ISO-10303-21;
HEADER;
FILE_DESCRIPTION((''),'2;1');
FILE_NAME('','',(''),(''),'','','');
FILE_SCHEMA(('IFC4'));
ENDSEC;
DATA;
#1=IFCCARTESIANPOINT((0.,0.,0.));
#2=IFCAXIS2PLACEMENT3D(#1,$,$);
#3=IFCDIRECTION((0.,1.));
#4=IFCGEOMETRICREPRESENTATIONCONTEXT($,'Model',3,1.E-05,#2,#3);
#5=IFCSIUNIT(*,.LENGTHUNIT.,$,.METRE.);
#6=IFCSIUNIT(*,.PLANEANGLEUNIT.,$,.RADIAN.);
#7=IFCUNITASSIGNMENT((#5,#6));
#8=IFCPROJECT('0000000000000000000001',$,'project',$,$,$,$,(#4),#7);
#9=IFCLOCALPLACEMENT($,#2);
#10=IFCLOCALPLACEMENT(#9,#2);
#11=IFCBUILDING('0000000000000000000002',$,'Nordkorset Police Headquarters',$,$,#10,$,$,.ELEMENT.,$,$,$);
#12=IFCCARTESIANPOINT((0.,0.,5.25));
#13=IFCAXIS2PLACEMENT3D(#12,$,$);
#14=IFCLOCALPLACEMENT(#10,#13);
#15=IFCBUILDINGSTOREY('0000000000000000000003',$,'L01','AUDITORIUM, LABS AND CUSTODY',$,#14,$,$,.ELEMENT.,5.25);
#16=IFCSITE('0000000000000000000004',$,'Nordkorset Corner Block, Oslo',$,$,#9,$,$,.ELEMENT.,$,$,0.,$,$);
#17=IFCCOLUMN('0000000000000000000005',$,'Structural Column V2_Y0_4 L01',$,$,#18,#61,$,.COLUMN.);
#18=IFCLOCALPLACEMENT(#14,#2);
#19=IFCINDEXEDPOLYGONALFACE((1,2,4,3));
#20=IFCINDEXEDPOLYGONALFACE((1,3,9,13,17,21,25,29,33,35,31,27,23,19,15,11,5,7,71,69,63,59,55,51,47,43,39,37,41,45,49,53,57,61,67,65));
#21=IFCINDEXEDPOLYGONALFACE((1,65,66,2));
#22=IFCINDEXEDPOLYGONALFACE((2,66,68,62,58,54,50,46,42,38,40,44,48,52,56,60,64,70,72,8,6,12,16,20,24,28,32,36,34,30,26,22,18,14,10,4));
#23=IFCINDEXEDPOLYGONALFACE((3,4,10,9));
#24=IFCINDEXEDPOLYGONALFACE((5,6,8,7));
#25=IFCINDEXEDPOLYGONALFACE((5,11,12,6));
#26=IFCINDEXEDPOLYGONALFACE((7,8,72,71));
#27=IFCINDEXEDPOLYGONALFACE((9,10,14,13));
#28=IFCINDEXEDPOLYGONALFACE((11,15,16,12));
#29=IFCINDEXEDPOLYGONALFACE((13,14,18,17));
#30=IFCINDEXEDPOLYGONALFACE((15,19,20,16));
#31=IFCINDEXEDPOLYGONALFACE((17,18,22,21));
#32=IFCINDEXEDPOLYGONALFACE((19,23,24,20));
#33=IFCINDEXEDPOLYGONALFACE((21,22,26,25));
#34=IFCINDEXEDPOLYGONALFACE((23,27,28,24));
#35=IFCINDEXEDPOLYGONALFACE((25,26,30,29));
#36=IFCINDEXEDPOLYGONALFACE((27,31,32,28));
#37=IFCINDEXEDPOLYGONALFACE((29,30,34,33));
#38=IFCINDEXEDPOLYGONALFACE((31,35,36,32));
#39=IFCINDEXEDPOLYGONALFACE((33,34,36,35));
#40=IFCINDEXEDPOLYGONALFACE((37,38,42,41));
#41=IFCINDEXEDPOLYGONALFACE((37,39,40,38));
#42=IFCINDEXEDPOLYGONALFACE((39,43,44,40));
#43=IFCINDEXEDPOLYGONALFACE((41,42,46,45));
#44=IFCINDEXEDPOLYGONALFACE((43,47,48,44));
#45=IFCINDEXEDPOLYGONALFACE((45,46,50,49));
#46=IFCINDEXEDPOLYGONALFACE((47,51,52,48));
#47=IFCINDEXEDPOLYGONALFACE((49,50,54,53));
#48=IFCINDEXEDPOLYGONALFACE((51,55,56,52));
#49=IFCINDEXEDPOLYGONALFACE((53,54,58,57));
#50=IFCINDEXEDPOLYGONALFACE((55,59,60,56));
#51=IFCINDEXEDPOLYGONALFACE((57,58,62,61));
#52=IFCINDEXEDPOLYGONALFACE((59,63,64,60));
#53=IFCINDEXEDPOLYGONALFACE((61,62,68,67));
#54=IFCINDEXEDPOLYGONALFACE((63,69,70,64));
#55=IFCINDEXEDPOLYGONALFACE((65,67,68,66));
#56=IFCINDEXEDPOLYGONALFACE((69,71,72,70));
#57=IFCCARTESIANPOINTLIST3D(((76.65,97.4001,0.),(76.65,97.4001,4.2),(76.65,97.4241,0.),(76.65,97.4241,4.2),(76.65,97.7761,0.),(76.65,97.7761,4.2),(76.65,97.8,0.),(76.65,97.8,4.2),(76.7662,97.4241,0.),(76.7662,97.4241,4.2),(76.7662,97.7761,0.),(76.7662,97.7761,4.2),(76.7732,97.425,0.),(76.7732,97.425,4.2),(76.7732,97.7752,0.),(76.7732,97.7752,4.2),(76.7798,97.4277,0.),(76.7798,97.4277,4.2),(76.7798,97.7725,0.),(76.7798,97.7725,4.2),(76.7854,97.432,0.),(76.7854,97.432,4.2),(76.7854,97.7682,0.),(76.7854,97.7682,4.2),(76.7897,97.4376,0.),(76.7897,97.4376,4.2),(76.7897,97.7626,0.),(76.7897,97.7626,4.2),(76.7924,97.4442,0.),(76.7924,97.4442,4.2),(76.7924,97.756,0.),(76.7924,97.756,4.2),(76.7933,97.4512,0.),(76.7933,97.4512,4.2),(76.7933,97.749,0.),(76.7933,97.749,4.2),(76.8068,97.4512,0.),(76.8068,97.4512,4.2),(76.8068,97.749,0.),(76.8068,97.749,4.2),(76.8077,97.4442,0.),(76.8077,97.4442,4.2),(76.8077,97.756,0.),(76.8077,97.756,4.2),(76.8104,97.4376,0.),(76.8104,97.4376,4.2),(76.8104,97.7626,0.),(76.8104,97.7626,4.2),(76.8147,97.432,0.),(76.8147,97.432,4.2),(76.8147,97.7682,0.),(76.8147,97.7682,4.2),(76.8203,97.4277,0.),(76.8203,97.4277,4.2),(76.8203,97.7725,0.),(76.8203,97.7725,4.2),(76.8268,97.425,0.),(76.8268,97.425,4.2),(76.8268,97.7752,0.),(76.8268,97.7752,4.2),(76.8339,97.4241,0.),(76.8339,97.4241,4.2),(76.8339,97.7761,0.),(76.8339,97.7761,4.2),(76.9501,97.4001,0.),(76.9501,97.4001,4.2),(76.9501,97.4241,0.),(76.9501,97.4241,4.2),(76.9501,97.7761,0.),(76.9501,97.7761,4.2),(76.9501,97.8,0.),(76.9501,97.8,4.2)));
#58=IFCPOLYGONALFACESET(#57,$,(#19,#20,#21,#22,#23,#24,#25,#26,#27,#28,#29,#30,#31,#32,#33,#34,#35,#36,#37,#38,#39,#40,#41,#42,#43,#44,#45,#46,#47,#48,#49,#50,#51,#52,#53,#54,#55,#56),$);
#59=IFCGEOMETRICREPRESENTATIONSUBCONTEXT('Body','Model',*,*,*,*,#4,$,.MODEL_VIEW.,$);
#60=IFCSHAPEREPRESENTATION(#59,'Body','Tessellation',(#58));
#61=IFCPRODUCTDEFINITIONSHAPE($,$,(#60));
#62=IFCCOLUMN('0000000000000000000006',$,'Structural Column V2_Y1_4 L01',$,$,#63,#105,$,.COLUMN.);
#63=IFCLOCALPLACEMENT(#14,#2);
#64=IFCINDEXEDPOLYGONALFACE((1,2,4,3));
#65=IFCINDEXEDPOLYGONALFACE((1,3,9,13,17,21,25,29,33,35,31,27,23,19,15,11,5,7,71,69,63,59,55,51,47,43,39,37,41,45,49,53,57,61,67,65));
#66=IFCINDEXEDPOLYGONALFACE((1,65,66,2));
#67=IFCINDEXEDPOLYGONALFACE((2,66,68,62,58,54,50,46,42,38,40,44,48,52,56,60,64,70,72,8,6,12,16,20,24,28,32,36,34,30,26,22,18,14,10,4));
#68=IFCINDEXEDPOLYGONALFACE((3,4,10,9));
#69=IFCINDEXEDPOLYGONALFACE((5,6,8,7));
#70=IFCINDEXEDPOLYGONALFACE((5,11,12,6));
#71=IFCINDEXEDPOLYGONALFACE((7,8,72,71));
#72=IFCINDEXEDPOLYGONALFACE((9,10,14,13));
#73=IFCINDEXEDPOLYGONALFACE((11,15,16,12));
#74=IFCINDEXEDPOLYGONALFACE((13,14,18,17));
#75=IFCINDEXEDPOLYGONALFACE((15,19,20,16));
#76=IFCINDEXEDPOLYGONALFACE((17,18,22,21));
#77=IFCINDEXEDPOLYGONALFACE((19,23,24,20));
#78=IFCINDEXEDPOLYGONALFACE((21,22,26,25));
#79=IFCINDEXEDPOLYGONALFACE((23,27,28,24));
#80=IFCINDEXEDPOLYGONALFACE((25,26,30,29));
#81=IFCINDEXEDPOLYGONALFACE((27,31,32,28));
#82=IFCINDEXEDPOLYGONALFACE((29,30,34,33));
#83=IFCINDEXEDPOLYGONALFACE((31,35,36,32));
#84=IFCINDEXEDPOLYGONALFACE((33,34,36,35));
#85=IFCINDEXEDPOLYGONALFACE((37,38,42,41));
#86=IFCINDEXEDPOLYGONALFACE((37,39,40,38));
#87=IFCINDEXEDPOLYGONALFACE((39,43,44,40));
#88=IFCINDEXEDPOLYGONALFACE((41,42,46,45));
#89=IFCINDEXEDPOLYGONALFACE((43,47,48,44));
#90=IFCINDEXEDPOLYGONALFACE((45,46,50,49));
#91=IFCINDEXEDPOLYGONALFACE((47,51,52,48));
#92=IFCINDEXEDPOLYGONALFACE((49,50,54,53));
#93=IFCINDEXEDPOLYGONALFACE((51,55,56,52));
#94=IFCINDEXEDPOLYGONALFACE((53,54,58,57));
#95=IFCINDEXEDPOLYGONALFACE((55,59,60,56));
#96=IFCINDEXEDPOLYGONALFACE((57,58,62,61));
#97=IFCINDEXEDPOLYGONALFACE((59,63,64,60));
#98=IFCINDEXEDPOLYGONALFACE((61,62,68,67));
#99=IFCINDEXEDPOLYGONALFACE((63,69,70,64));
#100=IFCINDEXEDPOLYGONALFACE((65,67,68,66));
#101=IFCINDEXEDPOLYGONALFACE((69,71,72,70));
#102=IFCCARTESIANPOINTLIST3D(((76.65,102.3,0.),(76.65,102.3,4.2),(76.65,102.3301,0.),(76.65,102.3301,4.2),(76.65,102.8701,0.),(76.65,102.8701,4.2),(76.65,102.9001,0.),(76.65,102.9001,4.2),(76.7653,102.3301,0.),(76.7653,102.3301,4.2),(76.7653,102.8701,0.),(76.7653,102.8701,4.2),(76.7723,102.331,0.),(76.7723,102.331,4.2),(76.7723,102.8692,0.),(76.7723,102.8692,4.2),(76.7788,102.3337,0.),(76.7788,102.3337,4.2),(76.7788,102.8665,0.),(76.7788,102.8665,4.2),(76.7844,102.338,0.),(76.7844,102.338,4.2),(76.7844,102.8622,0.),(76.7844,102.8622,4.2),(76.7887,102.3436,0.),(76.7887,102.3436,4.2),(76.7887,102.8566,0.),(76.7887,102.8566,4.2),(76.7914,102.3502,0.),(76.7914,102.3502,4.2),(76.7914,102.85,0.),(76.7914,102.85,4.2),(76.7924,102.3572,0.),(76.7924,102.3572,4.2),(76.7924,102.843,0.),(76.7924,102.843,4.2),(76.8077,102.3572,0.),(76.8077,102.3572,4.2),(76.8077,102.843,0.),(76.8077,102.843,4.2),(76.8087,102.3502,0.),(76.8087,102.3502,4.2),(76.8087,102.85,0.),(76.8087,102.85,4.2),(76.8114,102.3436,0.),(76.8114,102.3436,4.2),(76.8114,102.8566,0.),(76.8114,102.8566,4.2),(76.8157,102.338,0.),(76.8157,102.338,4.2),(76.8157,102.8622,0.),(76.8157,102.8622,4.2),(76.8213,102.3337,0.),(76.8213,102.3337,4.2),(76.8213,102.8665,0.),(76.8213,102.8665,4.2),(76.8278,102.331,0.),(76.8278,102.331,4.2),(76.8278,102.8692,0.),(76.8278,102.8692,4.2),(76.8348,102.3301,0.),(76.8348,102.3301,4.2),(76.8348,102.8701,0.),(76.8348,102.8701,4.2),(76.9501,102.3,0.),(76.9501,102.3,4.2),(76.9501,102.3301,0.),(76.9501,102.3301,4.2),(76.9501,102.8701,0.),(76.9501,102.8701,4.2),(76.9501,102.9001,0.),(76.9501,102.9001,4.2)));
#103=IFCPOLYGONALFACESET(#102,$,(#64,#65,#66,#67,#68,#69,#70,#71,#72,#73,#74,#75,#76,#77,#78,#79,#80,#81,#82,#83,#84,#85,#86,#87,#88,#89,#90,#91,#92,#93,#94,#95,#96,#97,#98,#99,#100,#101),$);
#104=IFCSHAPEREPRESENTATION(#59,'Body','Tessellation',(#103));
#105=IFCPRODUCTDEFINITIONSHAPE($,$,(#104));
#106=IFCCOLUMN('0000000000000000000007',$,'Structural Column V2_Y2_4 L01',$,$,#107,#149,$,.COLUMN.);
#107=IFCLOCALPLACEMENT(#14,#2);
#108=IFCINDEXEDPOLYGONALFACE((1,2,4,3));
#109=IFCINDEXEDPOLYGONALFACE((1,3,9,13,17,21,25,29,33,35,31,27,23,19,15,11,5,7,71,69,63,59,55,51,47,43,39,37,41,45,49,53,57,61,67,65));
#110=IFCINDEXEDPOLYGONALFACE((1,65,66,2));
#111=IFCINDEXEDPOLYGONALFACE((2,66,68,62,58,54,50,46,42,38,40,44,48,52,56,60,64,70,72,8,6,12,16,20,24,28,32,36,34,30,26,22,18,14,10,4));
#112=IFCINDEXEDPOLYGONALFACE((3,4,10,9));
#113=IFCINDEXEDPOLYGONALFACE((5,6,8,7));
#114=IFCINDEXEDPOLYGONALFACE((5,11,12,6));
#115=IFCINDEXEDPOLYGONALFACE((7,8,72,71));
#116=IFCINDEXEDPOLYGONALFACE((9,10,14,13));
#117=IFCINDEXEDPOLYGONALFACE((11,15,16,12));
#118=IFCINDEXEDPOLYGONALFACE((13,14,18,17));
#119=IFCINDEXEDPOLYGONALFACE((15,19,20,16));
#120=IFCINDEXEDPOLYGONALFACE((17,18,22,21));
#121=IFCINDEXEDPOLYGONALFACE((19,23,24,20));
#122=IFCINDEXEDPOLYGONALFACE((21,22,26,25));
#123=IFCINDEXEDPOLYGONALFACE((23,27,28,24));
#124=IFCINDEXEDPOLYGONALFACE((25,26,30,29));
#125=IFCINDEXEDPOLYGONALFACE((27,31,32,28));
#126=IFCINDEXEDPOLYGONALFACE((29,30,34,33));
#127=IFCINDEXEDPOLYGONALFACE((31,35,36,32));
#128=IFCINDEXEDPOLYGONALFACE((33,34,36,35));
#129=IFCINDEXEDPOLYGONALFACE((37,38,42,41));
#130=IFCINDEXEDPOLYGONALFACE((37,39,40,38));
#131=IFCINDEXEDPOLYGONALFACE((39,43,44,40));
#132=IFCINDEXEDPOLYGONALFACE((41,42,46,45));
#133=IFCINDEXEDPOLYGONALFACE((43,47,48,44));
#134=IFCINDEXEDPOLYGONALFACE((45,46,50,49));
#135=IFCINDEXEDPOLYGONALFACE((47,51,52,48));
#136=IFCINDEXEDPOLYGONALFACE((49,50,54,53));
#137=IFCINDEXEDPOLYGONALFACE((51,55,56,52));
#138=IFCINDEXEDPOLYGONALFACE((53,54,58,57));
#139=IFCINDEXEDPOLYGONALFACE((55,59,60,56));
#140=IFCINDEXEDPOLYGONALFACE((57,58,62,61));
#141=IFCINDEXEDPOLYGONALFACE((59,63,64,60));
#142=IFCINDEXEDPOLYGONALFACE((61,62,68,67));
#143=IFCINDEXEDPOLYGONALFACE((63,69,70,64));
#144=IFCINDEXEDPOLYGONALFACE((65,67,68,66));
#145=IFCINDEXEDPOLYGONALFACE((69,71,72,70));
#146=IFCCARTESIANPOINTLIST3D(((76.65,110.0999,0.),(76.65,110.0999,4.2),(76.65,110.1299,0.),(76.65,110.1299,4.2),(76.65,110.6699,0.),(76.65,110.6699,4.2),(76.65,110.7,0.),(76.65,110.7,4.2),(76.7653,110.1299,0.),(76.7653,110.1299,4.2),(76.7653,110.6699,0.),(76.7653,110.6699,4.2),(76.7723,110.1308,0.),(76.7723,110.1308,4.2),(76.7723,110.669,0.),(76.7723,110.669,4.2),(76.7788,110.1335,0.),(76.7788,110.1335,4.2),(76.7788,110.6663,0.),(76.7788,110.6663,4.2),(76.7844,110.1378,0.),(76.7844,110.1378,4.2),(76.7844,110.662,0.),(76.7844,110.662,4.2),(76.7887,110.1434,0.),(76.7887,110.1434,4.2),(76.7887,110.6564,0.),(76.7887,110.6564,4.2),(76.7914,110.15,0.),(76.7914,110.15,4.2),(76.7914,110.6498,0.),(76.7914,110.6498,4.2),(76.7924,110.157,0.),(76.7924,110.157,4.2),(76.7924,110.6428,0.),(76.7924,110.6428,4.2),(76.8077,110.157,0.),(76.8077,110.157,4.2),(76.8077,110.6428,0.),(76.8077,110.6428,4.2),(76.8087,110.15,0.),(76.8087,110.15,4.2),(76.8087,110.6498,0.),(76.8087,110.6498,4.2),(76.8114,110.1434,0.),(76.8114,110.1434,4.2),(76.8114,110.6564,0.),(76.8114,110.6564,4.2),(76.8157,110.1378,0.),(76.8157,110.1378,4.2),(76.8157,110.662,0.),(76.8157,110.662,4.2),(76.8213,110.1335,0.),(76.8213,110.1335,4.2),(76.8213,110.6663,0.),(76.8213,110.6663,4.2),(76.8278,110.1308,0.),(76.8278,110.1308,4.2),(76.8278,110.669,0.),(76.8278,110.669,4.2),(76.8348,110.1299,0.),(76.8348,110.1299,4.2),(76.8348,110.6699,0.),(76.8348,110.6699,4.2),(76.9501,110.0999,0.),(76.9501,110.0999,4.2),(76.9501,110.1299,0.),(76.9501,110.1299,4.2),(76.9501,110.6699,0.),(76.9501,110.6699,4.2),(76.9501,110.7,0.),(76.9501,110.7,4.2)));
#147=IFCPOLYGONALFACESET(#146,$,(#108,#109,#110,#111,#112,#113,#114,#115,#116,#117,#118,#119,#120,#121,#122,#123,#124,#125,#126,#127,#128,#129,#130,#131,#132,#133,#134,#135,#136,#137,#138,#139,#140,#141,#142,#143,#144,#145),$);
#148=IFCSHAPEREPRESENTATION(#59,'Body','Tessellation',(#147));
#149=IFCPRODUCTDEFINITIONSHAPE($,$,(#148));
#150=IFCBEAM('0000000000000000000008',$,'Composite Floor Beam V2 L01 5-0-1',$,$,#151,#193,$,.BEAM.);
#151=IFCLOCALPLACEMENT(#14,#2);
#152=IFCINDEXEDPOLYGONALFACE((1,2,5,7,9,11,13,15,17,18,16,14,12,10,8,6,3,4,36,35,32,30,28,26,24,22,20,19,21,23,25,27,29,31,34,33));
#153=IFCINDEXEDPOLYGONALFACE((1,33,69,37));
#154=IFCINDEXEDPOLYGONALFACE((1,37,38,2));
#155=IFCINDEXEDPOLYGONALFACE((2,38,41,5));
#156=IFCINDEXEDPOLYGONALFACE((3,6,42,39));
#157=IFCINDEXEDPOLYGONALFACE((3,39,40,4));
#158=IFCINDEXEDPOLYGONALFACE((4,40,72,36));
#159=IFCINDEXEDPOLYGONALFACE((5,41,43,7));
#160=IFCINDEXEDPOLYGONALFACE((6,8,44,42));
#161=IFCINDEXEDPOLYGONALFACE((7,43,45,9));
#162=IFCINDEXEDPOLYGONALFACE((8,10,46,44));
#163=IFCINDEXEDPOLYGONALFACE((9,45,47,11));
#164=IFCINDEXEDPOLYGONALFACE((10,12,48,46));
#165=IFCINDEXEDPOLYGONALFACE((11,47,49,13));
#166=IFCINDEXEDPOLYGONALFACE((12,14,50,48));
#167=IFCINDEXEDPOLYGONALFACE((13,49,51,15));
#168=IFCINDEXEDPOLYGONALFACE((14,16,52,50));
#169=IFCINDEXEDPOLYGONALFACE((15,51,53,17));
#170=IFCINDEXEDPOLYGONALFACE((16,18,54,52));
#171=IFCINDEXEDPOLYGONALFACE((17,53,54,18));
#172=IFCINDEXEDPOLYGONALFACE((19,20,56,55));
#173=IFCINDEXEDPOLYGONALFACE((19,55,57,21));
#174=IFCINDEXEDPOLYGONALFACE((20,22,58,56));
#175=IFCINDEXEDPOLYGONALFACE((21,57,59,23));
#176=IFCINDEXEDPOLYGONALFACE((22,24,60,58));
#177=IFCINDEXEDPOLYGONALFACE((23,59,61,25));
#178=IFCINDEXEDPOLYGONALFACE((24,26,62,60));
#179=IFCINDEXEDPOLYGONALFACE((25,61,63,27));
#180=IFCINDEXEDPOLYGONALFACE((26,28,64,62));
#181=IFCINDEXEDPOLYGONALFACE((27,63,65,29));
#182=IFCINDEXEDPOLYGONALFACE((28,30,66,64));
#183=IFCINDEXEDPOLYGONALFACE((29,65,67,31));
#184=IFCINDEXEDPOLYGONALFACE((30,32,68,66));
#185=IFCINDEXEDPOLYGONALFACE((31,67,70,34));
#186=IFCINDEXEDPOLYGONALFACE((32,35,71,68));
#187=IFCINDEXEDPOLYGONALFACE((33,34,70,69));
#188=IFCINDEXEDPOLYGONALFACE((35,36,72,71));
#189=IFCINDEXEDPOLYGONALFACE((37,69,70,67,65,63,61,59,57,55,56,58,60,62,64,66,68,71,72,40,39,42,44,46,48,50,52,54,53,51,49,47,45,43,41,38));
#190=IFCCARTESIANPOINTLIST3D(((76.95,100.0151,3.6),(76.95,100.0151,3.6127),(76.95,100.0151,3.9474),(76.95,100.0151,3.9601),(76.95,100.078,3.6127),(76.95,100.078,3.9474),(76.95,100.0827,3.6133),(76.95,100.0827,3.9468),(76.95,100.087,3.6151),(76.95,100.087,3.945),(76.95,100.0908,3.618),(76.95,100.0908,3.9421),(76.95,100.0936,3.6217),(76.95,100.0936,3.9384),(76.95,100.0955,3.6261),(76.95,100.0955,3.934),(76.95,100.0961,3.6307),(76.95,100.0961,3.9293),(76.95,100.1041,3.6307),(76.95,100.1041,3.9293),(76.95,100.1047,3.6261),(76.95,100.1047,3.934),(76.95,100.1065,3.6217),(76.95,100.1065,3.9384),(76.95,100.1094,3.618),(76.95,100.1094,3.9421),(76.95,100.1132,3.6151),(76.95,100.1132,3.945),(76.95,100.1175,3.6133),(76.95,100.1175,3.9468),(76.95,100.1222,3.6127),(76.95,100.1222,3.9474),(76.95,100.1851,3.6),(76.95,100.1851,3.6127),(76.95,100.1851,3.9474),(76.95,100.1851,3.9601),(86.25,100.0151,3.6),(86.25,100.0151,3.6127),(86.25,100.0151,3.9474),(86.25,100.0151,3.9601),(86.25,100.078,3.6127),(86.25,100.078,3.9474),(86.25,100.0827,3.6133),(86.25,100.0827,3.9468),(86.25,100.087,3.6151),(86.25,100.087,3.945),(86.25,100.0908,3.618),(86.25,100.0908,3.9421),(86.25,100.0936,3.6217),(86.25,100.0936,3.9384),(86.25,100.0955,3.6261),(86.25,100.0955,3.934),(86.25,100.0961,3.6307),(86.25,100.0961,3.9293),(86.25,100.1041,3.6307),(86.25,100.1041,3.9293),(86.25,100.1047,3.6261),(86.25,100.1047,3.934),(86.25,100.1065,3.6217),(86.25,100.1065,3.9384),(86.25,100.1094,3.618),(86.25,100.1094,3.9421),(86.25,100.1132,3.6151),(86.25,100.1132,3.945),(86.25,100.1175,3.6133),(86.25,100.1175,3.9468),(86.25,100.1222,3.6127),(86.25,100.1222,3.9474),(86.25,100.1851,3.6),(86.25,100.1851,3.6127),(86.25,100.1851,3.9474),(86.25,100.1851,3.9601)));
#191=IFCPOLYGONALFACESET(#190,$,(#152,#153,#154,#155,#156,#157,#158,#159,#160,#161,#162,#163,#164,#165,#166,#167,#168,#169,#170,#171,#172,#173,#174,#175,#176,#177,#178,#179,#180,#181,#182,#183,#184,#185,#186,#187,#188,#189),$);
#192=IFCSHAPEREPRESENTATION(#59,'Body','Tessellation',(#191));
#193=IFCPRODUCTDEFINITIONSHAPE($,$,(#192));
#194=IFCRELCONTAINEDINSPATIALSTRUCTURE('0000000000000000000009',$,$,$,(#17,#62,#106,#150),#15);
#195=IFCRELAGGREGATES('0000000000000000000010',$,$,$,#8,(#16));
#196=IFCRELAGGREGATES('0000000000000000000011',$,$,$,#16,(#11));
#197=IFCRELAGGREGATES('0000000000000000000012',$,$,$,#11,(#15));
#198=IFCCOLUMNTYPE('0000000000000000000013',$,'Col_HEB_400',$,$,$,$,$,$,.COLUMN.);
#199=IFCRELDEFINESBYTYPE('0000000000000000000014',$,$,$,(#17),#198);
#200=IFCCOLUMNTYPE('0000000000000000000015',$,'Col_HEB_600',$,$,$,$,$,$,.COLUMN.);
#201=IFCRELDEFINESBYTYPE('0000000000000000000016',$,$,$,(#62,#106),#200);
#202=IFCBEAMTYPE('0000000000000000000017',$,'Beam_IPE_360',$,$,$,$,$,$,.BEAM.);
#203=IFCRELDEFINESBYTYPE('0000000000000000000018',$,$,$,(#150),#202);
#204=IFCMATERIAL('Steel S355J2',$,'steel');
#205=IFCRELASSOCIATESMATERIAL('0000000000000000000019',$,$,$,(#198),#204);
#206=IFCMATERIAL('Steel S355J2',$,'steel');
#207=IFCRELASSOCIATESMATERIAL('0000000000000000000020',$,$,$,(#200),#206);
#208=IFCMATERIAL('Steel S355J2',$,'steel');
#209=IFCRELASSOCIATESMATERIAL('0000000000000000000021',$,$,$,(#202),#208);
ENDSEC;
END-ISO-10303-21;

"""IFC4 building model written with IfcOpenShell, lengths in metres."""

from ifc_helpers import new_model, si_unit, direction, frame, origin, origin_2d, place, context, subcontext, project, spatial, i_section, extrude, material, material_profile, profile_set, type_object, element, save


model = new_model("IFC4")

# Units and contexts
model_context = context("Model", 3, precision=1e-05, world=origin(), true_north=direction((0.0, 1.0)))
body_context = subcontext(model_context, "Body", "Model", "MODEL_VIEW")
ifc_project = project(units=[si_unit("LENGTHUNIT", "METRE"), si_unit("PLANEANGLEUNIT", "RADIAN")], contexts=[model_context])

# Site, building, storey
site_placement = place(None, origin())
site = spatial("IfcSite", under=ifc_project, at=site_placement, Name="Nordkorset Corner Block, Oslo", CompositionType="ELEMENT", RefElevation=0.0)
building_placement = place(site_placement, origin())
building = spatial("IfcBuilding", under=site, at=building_placement, Name="Nordkorset Police Headquarters", CompositionType="ELEMENT")
storey_placement = place(building_placement, frame((0.0, 0.0, 5.25)))
storey = spatial("IfcBuildingStorey", under=building, at=storey_placement, Name="L01", Description="AUDITORIUM, LABS AND CUSTODY", CompositionType="ELEMENT", Elevation=5.25)

# Columns
ifc_material_1 = material(Name="Steel S355J2", Category="steel")
ifc_material_profile_1 = material_profile(ifc_material_1, i_section(OverallWidth=0.3, OverallDepth=0.3999, WebThickness=0.0134, FlangeThickness=0.0239, FilletRadius=0.0271, at=origin_2d()), Name="HEB 400")
ifc_profile_set_1 = profile_set([ifc_material_profile_1], Name="Steel S355J2")
column_type_1 = type_object("IfcColumnType", Name="Col_HEB_400", PredefinedType="COLUMN", material=ifc_profile_set_1)
column_placement = place(storey_placement, frame((76.8, 97.6001, 0.0), z_axis=(0.0, 0.0, 1.0), x_axis=(1.0, 0.0, 0.0)))
element("IfcColumn", 1, at=column_placement, inside=storey, type_object=column_type_1, Name="Structural Column V2_Y0_4 L01", PredefinedType="COLUMN", context=body_context, shape_type="SweptSolid", body=[
    extrude(i_section(OverallWidth=0.3, OverallDepth=0.3999, WebThickness=0.0134, FlangeThickness=0.0239, FilletRadius=0.0271, at=origin_2d()), origin(), (0.0, 0.0, 1.0), 4.2),
])
ifc_material_2 = material(Name="Steel S355J2", Category="steel")
ifc_material_profile_2 = material_profile(ifc_material_2, i_section(OverallWidth=0.3, OverallDepth=0.6001, WebThickness=0.0154, FlangeThickness=0.03, FilletRadius=0.0271, at=origin_2d()), Name="HEB 600")
ifc_profile_set_2 = profile_set([ifc_material_profile_2], Name="Steel S355J2")
column_type_2 = type_object("IfcColumnType", Name="Col_HEB_600", PredefinedType="COLUMN", material=ifc_profile_set_2)
for number, where, z_axis, x_axis, name in (
    (2, (76.8, 102.6001, 0.0), (0.0, 0.0, 1.0), (1.0, 0.0, 0.0), "Structural Column V2_Y1_4 L01"),
    (3, (76.8, 110.3999, 0.0), (0.0, 0.0, 1.0), (1.0, 0.0, 0.0), "Structural Column V2_Y2_4 L01"),
):
    element("IfcColumn", number, at=place(storey_placement, frame(where, z_axis=z_axis, x_axis=x_axis)), inside=storey, type_object=column_type_2, Name=name, PredefinedType="COLUMN", context=body_context, shape_type="SweptSolid", body=[
        extrude(i_section(OverallWidth=0.3, OverallDepth=0.6001, WebThickness=0.0154, FlangeThickness=0.03, FilletRadius=0.0271, at=origin_2d()), origin(), (0.0, 0.0, 1.0), 4.2),
    ])

# Beam
ifc_material_3 = material(Name="Steel S355J2", Category="steel")
ifc_material_profile_3 = material_profile(ifc_material_3, i_section(OverallWidth=0.1699, OverallDepth=0.3601, WebThickness=0.0081, FlangeThickness=0.0127, FilletRadius=0.0181, at=origin_2d()), Name="IPE 360")
ifc_profile_set_3 = profile_set([ifc_material_profile_3], Name="Steel S355J2")
beam_type_1 = type_object("IfcBeamType", Name="Beam_IPE_360", PredefinedType="BEAM", material=ifc_profile_set_3)
for number, where, z_axis, x_axis, name in (
    (4, (76.95, 100.1001, 3.78), (1.0, 0.0, 0.0), (0.0, 1.0, 0.0), "Composite Floor Beam V2 L01 5-0-1"),
):
    element("IfcBeam", number, at=place(storey_placement, frame(where, z_axis=z_axis, x_axis=x_axis)), inside=storey, type_object=beam_type_1, Name=name, PredefinedType="BEAM", context=body_context, shape_type="SweptSolid", body=[
        extrude(i_section(OverallWidth=0.1699, OverallDepth=0.3601, WebThickness=0.0081, FlangeThickness=0.0127, FilletRadius=0.0181, at=origin_2d()), origin(), (0.0, 0.0, 1.0), 9.3),
    ])

save(model, "model.ifc")
